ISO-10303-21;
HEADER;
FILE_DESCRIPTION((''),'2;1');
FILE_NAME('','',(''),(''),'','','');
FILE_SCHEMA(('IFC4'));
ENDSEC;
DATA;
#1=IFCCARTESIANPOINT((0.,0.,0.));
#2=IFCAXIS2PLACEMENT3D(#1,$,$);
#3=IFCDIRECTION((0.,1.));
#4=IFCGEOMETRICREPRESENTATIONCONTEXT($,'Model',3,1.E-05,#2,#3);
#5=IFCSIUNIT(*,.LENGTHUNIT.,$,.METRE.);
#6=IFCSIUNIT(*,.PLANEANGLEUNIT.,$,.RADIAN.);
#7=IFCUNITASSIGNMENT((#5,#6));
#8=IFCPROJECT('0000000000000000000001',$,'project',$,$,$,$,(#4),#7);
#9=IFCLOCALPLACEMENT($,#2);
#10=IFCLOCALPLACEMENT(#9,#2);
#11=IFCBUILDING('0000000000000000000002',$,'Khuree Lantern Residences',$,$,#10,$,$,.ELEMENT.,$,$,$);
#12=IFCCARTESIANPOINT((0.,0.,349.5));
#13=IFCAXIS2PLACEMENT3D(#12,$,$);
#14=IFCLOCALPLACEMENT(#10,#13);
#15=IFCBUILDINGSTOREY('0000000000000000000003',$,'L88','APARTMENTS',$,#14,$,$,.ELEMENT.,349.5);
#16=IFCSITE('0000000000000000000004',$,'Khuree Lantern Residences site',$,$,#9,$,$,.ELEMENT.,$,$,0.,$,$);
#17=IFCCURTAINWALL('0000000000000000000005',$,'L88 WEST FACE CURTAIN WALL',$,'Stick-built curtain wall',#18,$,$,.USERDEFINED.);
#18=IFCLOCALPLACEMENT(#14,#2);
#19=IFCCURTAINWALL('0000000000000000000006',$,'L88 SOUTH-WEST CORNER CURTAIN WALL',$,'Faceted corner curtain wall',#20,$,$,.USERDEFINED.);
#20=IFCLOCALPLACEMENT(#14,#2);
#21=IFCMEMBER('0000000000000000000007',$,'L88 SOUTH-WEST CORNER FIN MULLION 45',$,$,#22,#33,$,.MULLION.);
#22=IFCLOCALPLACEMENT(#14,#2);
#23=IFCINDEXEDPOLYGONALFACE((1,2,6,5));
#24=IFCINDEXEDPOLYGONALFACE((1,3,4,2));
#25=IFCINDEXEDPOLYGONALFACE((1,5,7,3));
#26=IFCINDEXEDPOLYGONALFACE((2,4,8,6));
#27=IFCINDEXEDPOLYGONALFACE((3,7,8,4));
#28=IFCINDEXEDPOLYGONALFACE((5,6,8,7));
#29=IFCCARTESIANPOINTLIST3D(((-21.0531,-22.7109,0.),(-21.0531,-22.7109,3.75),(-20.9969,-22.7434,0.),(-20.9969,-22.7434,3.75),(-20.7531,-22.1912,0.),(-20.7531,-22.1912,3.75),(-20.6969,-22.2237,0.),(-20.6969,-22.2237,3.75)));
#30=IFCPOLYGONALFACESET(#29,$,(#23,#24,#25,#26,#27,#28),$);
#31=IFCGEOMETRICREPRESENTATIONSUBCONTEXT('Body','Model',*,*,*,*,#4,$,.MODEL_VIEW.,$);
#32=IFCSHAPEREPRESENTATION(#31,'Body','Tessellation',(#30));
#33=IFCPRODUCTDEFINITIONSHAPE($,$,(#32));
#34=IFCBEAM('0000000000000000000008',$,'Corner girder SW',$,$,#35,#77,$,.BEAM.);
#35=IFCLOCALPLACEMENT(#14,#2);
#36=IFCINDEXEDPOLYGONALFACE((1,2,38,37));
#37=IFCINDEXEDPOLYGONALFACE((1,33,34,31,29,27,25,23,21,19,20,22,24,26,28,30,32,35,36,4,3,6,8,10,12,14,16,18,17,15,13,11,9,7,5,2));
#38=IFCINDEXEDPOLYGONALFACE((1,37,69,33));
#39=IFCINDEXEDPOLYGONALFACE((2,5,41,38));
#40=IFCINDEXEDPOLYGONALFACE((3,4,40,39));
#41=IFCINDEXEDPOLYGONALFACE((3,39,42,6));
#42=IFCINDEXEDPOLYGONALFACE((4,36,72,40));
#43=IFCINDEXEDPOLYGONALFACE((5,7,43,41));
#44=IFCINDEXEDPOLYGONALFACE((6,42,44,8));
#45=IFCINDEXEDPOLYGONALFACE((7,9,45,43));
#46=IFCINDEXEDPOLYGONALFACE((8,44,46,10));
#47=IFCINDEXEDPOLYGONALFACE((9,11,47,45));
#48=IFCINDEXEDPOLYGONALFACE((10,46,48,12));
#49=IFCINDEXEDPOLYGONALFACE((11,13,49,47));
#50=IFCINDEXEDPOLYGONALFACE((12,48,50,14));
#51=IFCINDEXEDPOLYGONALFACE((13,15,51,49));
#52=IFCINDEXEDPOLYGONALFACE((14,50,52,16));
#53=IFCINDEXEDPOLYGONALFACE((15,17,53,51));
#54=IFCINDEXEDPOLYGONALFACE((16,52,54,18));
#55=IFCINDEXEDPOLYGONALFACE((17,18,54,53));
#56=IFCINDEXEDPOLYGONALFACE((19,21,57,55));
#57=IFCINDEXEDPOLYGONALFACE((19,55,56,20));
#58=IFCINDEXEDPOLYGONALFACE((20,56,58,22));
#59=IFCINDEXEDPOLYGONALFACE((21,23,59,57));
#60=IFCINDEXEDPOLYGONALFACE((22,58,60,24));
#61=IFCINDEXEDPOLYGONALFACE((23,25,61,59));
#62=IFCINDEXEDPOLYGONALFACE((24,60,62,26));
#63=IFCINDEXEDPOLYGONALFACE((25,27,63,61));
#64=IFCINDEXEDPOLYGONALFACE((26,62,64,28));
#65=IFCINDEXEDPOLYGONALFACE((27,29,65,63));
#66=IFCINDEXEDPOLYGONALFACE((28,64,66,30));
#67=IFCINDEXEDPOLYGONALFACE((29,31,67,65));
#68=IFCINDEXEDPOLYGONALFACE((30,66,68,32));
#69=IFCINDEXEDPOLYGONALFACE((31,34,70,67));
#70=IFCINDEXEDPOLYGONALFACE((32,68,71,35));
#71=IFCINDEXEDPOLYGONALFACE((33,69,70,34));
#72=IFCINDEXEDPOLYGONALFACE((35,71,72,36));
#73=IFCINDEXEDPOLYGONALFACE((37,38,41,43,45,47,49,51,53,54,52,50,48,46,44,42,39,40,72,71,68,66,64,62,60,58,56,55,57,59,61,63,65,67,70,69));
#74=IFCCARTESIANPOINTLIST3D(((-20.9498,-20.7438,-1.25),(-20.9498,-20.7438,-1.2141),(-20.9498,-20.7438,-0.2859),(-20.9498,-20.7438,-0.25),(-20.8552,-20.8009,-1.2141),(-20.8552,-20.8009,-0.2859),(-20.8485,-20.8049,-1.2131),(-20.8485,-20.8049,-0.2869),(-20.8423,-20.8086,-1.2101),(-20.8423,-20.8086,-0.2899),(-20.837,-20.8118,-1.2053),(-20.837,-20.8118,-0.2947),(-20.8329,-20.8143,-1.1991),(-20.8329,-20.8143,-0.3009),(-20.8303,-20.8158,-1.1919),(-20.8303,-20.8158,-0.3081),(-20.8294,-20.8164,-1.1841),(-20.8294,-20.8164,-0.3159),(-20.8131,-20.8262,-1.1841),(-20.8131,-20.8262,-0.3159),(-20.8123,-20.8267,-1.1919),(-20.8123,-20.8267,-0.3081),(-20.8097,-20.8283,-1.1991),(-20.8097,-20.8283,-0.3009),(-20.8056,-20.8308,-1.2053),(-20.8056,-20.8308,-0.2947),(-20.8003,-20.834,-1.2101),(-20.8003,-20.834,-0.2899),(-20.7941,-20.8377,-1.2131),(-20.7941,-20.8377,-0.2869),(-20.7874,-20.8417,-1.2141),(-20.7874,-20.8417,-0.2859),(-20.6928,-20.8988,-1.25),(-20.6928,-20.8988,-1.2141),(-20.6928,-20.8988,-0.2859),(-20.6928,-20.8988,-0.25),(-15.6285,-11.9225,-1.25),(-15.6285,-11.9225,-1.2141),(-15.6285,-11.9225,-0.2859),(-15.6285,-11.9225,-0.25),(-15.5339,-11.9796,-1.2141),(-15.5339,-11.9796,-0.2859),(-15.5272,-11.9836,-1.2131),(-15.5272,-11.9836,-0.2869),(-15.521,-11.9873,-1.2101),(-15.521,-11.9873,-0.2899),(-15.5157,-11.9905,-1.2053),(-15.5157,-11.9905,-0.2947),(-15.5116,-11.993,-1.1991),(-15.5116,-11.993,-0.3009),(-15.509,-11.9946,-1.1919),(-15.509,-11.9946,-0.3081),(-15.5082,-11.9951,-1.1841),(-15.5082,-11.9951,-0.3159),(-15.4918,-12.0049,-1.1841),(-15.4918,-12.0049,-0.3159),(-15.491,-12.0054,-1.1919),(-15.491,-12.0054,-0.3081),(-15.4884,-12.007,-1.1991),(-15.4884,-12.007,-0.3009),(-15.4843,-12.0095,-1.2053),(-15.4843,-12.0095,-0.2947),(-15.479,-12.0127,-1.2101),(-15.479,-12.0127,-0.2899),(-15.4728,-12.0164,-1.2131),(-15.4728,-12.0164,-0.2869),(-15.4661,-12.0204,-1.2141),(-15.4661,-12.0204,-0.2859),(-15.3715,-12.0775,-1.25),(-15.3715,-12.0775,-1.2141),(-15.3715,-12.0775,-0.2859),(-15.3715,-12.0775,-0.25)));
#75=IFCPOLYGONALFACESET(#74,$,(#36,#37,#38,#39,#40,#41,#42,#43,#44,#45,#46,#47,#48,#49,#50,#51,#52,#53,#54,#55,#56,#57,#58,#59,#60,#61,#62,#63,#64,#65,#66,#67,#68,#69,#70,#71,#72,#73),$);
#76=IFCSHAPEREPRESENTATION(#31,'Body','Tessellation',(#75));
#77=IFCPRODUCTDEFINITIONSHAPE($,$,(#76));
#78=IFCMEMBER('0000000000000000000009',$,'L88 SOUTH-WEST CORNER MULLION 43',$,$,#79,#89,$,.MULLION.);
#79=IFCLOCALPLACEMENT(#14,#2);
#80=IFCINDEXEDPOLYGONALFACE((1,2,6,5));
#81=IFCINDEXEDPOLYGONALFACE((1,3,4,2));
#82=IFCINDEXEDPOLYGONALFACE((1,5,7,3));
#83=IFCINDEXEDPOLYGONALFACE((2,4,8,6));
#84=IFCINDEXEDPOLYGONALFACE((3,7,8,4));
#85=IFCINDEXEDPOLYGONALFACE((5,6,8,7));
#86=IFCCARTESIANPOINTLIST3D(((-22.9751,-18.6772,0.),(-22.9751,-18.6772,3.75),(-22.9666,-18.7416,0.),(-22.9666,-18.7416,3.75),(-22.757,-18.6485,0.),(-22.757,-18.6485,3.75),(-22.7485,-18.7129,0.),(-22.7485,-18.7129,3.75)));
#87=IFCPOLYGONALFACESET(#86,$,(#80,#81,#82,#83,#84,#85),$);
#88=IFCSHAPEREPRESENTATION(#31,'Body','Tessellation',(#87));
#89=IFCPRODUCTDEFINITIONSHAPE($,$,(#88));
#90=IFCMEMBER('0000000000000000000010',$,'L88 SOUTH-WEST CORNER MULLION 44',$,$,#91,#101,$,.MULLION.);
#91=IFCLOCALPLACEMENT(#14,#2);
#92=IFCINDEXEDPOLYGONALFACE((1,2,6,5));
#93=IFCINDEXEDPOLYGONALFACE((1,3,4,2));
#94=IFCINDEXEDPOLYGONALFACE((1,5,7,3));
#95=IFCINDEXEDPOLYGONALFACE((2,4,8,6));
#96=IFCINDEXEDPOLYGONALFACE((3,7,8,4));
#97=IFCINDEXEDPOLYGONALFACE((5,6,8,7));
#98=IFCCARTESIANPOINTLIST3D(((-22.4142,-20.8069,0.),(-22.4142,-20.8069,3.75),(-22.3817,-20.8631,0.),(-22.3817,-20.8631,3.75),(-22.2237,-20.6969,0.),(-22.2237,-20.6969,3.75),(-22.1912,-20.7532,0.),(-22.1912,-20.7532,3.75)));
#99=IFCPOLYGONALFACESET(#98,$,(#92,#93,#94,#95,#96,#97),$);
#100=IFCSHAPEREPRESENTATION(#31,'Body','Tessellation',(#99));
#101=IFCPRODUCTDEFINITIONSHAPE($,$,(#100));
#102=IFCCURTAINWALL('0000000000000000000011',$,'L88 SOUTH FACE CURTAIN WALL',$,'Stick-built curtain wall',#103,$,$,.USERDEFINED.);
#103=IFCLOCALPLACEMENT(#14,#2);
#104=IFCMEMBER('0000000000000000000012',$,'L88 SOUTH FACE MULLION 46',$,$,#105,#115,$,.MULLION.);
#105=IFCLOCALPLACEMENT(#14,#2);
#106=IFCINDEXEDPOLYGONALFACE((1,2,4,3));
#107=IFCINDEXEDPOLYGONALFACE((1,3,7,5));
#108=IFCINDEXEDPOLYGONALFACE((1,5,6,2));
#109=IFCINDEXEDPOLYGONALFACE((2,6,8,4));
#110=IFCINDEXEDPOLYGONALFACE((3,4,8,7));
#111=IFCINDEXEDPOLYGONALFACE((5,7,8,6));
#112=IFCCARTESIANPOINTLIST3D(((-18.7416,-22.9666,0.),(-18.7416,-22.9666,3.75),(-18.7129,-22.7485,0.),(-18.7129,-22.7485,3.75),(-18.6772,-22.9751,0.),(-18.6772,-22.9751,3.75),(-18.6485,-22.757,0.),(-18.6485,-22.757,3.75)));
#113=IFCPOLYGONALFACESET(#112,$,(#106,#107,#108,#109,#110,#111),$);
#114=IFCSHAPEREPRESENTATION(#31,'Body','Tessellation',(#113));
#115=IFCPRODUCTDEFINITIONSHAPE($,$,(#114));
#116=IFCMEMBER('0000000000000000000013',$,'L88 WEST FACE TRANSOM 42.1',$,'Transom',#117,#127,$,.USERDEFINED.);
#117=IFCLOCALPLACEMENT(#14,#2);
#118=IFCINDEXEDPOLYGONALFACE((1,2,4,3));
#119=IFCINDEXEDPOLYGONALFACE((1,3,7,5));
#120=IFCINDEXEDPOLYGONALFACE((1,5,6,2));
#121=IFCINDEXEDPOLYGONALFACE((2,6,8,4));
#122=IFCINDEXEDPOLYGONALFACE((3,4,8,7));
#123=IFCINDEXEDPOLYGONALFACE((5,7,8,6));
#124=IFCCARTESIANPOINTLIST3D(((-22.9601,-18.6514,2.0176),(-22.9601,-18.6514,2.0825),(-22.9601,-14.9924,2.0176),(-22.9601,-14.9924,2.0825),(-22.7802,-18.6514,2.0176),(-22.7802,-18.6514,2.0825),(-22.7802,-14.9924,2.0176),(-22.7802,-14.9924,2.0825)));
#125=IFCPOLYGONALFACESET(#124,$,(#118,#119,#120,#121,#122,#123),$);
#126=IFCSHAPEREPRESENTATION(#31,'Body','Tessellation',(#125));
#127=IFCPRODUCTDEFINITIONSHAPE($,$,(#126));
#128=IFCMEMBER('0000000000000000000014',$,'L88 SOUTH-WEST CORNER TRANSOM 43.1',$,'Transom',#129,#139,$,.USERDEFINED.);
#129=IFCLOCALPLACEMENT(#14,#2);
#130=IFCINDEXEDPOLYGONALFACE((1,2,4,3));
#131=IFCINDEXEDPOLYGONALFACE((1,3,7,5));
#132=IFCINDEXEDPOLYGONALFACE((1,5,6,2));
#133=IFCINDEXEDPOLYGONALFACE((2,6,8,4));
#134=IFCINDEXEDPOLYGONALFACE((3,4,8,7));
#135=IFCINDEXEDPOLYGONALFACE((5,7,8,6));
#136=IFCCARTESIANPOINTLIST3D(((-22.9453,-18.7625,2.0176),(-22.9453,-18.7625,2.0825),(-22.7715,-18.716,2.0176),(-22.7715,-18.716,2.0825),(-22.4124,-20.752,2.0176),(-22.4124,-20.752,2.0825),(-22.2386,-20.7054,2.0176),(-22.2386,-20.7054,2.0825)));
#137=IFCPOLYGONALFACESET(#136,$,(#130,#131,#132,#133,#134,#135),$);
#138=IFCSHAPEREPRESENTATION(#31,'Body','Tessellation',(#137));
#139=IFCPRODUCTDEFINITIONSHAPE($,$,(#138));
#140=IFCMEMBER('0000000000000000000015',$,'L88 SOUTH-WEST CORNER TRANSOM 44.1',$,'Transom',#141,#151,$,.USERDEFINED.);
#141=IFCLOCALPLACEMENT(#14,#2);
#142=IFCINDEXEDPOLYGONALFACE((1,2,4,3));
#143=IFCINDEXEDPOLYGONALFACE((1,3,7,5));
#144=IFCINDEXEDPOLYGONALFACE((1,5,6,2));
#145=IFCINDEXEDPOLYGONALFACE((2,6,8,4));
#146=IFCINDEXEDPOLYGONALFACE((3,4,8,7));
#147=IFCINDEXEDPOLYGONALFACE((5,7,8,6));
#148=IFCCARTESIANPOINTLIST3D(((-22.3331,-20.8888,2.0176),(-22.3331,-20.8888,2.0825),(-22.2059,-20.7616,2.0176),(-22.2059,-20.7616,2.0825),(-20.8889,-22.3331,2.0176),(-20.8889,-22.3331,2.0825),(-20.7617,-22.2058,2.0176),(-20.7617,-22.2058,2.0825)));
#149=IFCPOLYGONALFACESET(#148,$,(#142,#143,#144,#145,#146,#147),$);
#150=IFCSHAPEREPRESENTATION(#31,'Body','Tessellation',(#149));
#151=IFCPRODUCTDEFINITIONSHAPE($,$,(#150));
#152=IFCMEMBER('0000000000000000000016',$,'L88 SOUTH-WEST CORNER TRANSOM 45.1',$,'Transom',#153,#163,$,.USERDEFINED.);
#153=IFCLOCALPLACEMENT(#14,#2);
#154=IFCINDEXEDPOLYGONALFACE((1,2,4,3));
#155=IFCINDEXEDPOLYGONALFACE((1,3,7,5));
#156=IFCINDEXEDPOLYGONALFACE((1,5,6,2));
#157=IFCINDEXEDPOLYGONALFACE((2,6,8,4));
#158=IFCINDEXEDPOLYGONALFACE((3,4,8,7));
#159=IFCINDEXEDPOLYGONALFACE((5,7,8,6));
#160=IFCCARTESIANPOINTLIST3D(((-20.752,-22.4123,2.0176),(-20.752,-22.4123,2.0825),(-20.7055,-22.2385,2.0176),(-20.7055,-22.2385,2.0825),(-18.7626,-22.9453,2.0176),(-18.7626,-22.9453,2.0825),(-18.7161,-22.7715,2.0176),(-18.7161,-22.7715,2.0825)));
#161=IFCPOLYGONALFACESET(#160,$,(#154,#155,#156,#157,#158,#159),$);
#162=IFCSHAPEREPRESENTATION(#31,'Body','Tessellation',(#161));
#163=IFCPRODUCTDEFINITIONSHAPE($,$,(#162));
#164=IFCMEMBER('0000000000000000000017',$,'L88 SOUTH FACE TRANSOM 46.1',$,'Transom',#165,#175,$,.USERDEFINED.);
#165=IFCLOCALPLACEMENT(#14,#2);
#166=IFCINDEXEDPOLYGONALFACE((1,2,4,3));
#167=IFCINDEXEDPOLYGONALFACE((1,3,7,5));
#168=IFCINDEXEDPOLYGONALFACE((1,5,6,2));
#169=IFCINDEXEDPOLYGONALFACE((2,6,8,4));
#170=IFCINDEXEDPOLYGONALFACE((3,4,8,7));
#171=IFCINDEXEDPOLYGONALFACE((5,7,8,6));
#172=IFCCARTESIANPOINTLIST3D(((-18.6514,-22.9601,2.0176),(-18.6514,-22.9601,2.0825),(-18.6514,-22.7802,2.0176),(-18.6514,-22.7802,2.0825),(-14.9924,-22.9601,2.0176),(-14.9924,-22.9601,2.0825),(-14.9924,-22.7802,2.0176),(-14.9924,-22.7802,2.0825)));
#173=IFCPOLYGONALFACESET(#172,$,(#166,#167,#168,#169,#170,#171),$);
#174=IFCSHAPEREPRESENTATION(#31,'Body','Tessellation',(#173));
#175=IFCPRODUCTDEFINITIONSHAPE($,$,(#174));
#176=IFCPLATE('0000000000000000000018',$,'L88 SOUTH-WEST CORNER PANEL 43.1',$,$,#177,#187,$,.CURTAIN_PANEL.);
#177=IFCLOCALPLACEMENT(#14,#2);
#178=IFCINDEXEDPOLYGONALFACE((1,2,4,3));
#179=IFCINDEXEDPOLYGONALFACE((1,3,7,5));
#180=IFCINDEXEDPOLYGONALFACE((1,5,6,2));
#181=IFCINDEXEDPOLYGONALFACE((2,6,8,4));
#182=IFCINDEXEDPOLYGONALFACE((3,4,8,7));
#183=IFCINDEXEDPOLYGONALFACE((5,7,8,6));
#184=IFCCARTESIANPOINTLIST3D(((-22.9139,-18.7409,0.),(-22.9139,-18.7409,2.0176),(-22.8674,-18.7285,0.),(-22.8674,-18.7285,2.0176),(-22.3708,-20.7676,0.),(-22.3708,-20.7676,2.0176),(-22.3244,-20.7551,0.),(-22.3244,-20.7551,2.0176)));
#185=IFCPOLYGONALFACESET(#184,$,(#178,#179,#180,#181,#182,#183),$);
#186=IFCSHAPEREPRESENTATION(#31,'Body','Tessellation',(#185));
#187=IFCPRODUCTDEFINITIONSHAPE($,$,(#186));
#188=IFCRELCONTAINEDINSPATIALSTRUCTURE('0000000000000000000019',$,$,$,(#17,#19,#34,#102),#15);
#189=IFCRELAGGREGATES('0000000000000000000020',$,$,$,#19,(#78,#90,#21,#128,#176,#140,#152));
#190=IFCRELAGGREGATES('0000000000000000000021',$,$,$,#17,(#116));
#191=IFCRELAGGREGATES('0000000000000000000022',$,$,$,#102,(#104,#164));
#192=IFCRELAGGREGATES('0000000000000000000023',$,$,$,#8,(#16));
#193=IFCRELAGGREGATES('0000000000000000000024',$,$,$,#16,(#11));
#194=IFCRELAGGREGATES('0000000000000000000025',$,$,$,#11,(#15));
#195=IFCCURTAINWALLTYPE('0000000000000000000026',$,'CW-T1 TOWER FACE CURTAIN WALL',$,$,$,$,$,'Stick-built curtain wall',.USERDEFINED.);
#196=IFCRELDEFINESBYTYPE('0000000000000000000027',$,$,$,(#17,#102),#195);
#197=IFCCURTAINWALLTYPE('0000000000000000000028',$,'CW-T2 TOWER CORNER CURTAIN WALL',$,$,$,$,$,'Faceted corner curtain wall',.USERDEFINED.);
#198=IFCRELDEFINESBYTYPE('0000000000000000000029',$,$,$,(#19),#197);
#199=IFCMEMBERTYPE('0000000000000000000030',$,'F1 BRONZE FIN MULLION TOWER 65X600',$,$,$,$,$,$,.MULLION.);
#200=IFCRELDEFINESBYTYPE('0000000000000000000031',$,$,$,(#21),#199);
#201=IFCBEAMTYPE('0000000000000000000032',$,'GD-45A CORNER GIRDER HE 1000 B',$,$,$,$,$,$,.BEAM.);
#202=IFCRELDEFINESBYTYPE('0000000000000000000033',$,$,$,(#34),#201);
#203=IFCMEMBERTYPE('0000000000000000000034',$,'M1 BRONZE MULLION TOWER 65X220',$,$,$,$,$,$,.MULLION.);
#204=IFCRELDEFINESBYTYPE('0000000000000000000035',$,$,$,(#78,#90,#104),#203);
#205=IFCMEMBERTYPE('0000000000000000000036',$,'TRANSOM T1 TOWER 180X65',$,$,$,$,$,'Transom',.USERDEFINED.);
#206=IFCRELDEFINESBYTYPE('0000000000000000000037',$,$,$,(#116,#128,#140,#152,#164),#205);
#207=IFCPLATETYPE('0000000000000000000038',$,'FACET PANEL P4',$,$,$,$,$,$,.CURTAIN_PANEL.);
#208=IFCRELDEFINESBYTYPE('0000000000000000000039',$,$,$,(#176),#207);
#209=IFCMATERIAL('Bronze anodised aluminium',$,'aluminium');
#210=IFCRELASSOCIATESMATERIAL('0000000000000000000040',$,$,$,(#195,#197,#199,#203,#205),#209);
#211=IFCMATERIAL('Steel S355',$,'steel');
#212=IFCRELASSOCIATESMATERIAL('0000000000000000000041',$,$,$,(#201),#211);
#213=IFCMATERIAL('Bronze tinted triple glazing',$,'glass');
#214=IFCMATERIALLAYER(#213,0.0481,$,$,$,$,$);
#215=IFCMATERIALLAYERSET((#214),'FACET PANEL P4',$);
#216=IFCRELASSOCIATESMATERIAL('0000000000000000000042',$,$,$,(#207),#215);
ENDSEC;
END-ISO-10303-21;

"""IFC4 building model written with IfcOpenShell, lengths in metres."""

from ifc_helpers import new_model, si_unit, direction, frame, origin, origin_2d, place, context, subcontext, project, spatial, rectangle, i_section, extrude, material, layer, layer_set, material_profile, profile_set, type_object, element, aggregate, save


model = new_model("IFC4")

# Units and contexts
model_context = context("Model", 3, precision=1e-05, world=origin(), true_north=direction((0.0, 1.0)))
body_context = subcontext(model_context, "Body", "Model", "MODEL_VIEW")
ifc_project = project(units=[si_unit("LENGTHUNIT", "METRE"), si_unit("PLANEANGLEUNIT", "RADIAN")], contexts=[model_context])

# Site, building, storey
site_placement = place(None, origin())
site = spatial("IfcSite", under=ifc_project, at=site_placement, Name="Khuree Lantern Residences site", CompositionType="ELEMENT", RefElevation=0.0)
building_placement = place(site_placement, origin())
building = spatial("IfcBuilding", under=site, at=building_placement, Name="Khuree Lantern Residences", CompositionType="ELEMENT")
storey_placement = place(building_placement, frame((0.0, 0.0, 349.5)))
storey = spatial("IfcBuildingStorey", under=building, at=storey_placement, Name="L88", Description="APARTMENTS", CompositionType="ELEMENT", Elevation=349.5)

# Shared definitions
ifc_material_1 = material(Name="Steel S355", Category="steel")

# Curtain walls, member
ifc_material_2 = material(Name="Bronze anodised aluminium", Category="aluminium")
curtain_wall_type_1 = type_object("IfcCurtainWallType", Name="CW-T1 TOWER FACE CURTAIN WALL", ElementType="Stick-built curtain wall", PredefinedType="USERDEFINED", material=ifc_material_2)
curtain_wall_1_placement = place(storey_placement, origin())
curtain_wall_1 = element("IfcCurtainWall", 1, at=curtain_wall_1_placement, inside=storey, type_object=curtain_wall_type_1, Name="L88 WEST FACE CURTAIN WALL", ObjectType="Stick-built curtain wall", PredefinedType="USERDEFINED")
ifc_material_profile_1 = material_profile(ifc_material_2, rectangle(XDim=0.0649, YDim=0.6001, at=origin_2d()), Name="F1 65X600")
ifc_profile_set_1 = profile_set([ifc_material_profile_1], Name="Bronze anodised aluminium")
member_type_1 = type_object("IfcMemberType", Name="F1 BRONZE FIN MULLION TOWER 65X600", PredefinedType="MULLION", material=ifc_profile_set_1)
curtain_wall_type_2 = type_object("IfcCurtainWallType", Name="CW-T2 TOWER CORNER CURTAIN WALL", ElementType="Faceted corner curtain wall", PredefinedType="USERDEFINED", material=ifc_material_2)
curtain_wall_2_placement = place(storey_placement, origin())
curtain_wall_2 = element("IfcCurtainWall", 2, at=curtain_wall_2_placement, inside=storey, type_object=curtain_wall_type_2, Name="L88 SOUTH-WEST CORNER CURTAIN WALL", ObjectType="Faceted corner curtain wall", PredefinedType="USERDEFINED")
member_1_placement = place(storey_placement, frame((-20.875, -22.4673, 0.0), z_axis=(0.0, 0.0, 1.0), x_axis=(0.866025, -0.5, 0.0)))
member_1 = element("IfcMember", 3, at=member_1_placement, type_object=member_type_1, Name="L88 SOUTH-WEST CORNER FIN MULLION 45", PredefinedType="MULLION", context=body_context, shape_type="SweptSolid", body=[
    extrude(rectangle(XDim=0.0649, YDim=0.6001, at=origin_2d()), origin(), (0.0, 0.0, 1.0), 3.75),
])

# Beam
ifc_material_profile_2 = material_profile(ifc_material_1, i_section(OverallWidth=0.3, OverallDepth=1.0, WebThickness=0.019, FlangeThickness=0.0359, FilletRadius=0.03, at=origin_2d()), Name="HE 1000 B")
ifc_profile_set_2 = profile_set([ifc_material_profile_2], Name="Steel S355")
beam_type_1 = type_object("IfcBeamType", Name="GD-45A CORNER GIRDER HE 1000 B", PredefinedType="BEAM", material=ifc_profile_set_2)
beam_1_placement = place(storey_placement, frame((-20.8213, -20.8213, -0.75), z_axis=(0.51653, 0.856269, 0.0), x_axis=(-0.856269, 0.51653, 0.0)))
element("IfcBeam", 4, at=beam_1_placement, inside=storey, type_object=beam_type_1, Name="Corner girder SW", PredefinedType="BEAM", context=body_context, shape_type="SweptSolid", body=[
    extrude(i_section(OverallWidth=0.3, OverallDepth=1.0, WebThickness=0.019, FlangeThickness=0.0359, FilletRadius=0.03, at=origin_2d()), origin(), (0.0, 0.0, 1.0), 10.302),
])

# Members
ifc_material_profile_3 = material_profile(ifc_material_2, rectangle(XDim=0.0649, YDim=0.22, at=origin_2d()), Name="M1 65X220")
ifc_profile_set_3 = profile_set([ifc_material_profile_3], Name="Bronze anodised aluminium")
member_type_2 = type_object("IfcMemberType", Name="M1 BRONZE MULLION TOWER 65X220", PredefinedType="MULLION", material=ifc_profile_set_3)
member_2_placement = place(storey_placement, frame((-22.8618, -18.6951, 0.0), z_axis=(0.0, 0.0, 1.0), x_axis=(0.130526, -0.991445, 0.0)))
member_2 = element("IfcMember", 5, at=member_2_placement, type_object=member_type_2, Name="L88 SOUTH-WEST CORNER MULLION 43", PredefinedType="MULLION", context=body_context, shape_type="SweptSolid", body=[
    extrude(rectangle(XDim=0.0649, YDim=0.22, at=origin_2d()), origin(), (0.0, 0.0, 1.0), 3.75),
])
member_3_placement = place(storey_placement, frame((-22.3027, -20.78, 0.0), z_axis=(0.0, 0.0, 1.0), x_axis=(0.5, -0.866025, 0.0)))
member_3 = element("IfcMember", 6, at=member_3_placement, type_object=member_type_2, Name="L88 SOUTH-WEST CORNER MULLION 44", PredefinedType="MULLION", context=body_context, shape_type="SweptSolid", body=[
    extrude(rectangle(XDim=0.0649, YDim=0.22, at=origin_2d()), origin(), (0.0, 0.0, 1.0), 3.75),
])

# Curtain wall, member
curtain_wall_3_placement = place(storey_placement, origin())
curtain_wall_3 = element("IfcCurtainWall", 7, at=curtain_wall_3_placement, inside=storey, type_object=curtain_wall_type_1, Name="L88 SOUTH FACE CURTAIN WALL", ObjectType="Stick-built curtain wall", PredefinedType="USERDEFINED")
member_4_placement = place(storey_placement, frame((-18.6951, -22.8618, 0.0), z_axis=(0.0, 0.0, 1.0), x_axis=(0.991445, -0.130526, 0.0)))
member_4 = element("IfcMember", 8, at=member_4_placement, type_object=member_type_2, Name="L88 SOUTH FACE MULLION 46", PredefinedType="MULLION", context=body_context, shape_type="SweptSolid", body=[
    extrude(rectangle(XDim=0.0649, YDim=0.22, at=origin_2d()), origin(), (0.0, 0.0, 1.0), 3.75),
])

# Members
ifc_material_profile_4 = material_profile(ifc_material_2, rectangle(XDim=0.1799, YDim=0.0649, at=origin_2d()), Name="T1 180X65")
ifc_profile_set_4 = profile_set([ifc_material_profile_4], Name="Bronze anodised aluminium")
member_type_3 = type_object("IfcMemberType", Name="TRANSOM T1 TOWER 180X65", ElementType="Transom", PredefinedType="USERDEFINED", material=ifc_profile_set_4)
member_5_placement = place(storey_placement, frame((-22.8701, -14.9924, 2.05), z_axis=(0.0, -1.0, 0.0), x_axis=(1.0, 0.0, 0.0)))
member_5 = element("IfcMember", 9, at=member_5_placement, type_object=member_type_3, Name="L88 WEST FACE TRANSOM 42.1", ObjectType="Transom", PredefinedType="USERDEFINED", context=body_context, shape_type="SweptSolid", body=[
    extrude(rectangle(XDim=0.1799, YDim=0.0649, at=origin_2d()), origin(), (0.0, 0.0, 1.0), 3.6589),
])
member_6_placement = place(storey_placement, frame((-22.8584, -18.7393, 2.05), z_axis=(0.258762, -0.965941, 0.0), x_axis=(0.965941, 0.258762, 0.0)))
member_6 = element("IfcMember", 10, at=member_6_placement, type_object=member_type_3, Name="L88 SOUTH-WEST CORNER TRANSOM 43.1", ObjectType="Transom", PredefinedType="USERDEFINED", context=body_context, shape_type="SweptSolid", body=[
    extrude(rectangle(XDim=0.1799, YDim=0.0649, at=origin_2d()), origin(), (0.0, 0.0, 1.0), 2.0596),
])
member_7_placement = place(storey_placement, frame((-22.2695, -20.8252, 2.05), z_axis=(0.707107, -0.707107, 0.0), x_axis=(0.707107, 0.707107, 0.0)))
member_7 = element("IfcMember", 11, at=member_7_placement, type_object=member_type_3, Name="L88 SOUTH-WEST CORNER TRANSOM 44.1", ObjectType="Transom", PredefinedType="USERDEFINED", context=body_context, shape_type="SweptSolid", body=[
    extrude(rectangle(XDim=0.1799, YDim=0.0649, at=origin_2d()), origin(), (0.0, 0.0, 1.0), 2.0425),
])
member_8_placement = place(storey_placement, frame((-20.7288, -22.3254, 2.05), z_axis=(0.965941, -0.258762, 0.0), x_axis=(0.258762, 0.965941, 0.0)))
member_8 = element("IfcMember", 12, at=member_8_placement, type_object=member_type_3, Name="L88 SOUTH-WEST CORNER TRANSOM 45.1", ObjectType="Transom", PredefinedType="USERDEFINED", context=body_context, shape_type="SweptSolid", body=[
    extrude(rectangle(XDim=0.1799, YDim=0.0649, at=origin_2d()), origin(), (0.0, 0.0, 1.0), 2.0596),
])
member_9_placement = place(storey_placement, frame((-18.6514, -22.8701, 2.05), z_axis=(1.0, 0.0, 0.0), x_axis=(0.0, 1.0, 0.0)))
member_9 = element("IfcMember", 13, at=member_9_placement, type_object=member_type_3, Name="L88 SOUTH FACE TRANSOM 46.1", ObjectType="Transom", PredefinedType="USERDEFINED", context=body_context, shape_type="SweptSolid", body=[
    extrude(rectangle(XDim=0.1799, YDim=0.0649, at=origin_2d()), origin(), (0.0, 0.0, 1.0), 3.6589),
])

# Plate
ifc_material_3 = material(Name="Bronze tinted triple glazing", Category="glass")
ifc_layer_1 = layer(ifc_material_3, 0.0481)
ifc_layer_set_1 = layer_set([ifc_layer_1], Name="FACET PANEL P4")
plate_type_1 = type_object("IfcPlateType", Name="FACET PANEL P4", PredefinedType="CURTAIN_PANEL", material=ifc_layer_set_1)
plate_1_placement = place(storey_placement, frame((-22.6191, -19.748, 0.0), z_axis=(0.0, 0.0, 1.0), x_axis=(0.258819, -0.965926, 0.0)))
plate_1 = element("IfcPlate", 14, at=plate_1_placement, type_object=plate_type_1, Name="L88 SOUTH-WEST CORNER PANEL 43.1", PredefinedType="CURTAIN_PANEL", context=body_context, shape_type="SweptSolid", body=[
    extrude(rectangle(XDim=2.0981, YDim=0.0481, at=origin_2d()), origin(), (0.0, 0.0, 1.0), 2.0176),
])
aggregate(curtain_wall_2, [member_2, member_3, member_1, member_6, plate_1, member_7, member_8])
aggregate(curtain_wall_1, [member_5])
aggregate(curtain_wall_3, [member_4, member_9])

save(model, "model.ifc")
